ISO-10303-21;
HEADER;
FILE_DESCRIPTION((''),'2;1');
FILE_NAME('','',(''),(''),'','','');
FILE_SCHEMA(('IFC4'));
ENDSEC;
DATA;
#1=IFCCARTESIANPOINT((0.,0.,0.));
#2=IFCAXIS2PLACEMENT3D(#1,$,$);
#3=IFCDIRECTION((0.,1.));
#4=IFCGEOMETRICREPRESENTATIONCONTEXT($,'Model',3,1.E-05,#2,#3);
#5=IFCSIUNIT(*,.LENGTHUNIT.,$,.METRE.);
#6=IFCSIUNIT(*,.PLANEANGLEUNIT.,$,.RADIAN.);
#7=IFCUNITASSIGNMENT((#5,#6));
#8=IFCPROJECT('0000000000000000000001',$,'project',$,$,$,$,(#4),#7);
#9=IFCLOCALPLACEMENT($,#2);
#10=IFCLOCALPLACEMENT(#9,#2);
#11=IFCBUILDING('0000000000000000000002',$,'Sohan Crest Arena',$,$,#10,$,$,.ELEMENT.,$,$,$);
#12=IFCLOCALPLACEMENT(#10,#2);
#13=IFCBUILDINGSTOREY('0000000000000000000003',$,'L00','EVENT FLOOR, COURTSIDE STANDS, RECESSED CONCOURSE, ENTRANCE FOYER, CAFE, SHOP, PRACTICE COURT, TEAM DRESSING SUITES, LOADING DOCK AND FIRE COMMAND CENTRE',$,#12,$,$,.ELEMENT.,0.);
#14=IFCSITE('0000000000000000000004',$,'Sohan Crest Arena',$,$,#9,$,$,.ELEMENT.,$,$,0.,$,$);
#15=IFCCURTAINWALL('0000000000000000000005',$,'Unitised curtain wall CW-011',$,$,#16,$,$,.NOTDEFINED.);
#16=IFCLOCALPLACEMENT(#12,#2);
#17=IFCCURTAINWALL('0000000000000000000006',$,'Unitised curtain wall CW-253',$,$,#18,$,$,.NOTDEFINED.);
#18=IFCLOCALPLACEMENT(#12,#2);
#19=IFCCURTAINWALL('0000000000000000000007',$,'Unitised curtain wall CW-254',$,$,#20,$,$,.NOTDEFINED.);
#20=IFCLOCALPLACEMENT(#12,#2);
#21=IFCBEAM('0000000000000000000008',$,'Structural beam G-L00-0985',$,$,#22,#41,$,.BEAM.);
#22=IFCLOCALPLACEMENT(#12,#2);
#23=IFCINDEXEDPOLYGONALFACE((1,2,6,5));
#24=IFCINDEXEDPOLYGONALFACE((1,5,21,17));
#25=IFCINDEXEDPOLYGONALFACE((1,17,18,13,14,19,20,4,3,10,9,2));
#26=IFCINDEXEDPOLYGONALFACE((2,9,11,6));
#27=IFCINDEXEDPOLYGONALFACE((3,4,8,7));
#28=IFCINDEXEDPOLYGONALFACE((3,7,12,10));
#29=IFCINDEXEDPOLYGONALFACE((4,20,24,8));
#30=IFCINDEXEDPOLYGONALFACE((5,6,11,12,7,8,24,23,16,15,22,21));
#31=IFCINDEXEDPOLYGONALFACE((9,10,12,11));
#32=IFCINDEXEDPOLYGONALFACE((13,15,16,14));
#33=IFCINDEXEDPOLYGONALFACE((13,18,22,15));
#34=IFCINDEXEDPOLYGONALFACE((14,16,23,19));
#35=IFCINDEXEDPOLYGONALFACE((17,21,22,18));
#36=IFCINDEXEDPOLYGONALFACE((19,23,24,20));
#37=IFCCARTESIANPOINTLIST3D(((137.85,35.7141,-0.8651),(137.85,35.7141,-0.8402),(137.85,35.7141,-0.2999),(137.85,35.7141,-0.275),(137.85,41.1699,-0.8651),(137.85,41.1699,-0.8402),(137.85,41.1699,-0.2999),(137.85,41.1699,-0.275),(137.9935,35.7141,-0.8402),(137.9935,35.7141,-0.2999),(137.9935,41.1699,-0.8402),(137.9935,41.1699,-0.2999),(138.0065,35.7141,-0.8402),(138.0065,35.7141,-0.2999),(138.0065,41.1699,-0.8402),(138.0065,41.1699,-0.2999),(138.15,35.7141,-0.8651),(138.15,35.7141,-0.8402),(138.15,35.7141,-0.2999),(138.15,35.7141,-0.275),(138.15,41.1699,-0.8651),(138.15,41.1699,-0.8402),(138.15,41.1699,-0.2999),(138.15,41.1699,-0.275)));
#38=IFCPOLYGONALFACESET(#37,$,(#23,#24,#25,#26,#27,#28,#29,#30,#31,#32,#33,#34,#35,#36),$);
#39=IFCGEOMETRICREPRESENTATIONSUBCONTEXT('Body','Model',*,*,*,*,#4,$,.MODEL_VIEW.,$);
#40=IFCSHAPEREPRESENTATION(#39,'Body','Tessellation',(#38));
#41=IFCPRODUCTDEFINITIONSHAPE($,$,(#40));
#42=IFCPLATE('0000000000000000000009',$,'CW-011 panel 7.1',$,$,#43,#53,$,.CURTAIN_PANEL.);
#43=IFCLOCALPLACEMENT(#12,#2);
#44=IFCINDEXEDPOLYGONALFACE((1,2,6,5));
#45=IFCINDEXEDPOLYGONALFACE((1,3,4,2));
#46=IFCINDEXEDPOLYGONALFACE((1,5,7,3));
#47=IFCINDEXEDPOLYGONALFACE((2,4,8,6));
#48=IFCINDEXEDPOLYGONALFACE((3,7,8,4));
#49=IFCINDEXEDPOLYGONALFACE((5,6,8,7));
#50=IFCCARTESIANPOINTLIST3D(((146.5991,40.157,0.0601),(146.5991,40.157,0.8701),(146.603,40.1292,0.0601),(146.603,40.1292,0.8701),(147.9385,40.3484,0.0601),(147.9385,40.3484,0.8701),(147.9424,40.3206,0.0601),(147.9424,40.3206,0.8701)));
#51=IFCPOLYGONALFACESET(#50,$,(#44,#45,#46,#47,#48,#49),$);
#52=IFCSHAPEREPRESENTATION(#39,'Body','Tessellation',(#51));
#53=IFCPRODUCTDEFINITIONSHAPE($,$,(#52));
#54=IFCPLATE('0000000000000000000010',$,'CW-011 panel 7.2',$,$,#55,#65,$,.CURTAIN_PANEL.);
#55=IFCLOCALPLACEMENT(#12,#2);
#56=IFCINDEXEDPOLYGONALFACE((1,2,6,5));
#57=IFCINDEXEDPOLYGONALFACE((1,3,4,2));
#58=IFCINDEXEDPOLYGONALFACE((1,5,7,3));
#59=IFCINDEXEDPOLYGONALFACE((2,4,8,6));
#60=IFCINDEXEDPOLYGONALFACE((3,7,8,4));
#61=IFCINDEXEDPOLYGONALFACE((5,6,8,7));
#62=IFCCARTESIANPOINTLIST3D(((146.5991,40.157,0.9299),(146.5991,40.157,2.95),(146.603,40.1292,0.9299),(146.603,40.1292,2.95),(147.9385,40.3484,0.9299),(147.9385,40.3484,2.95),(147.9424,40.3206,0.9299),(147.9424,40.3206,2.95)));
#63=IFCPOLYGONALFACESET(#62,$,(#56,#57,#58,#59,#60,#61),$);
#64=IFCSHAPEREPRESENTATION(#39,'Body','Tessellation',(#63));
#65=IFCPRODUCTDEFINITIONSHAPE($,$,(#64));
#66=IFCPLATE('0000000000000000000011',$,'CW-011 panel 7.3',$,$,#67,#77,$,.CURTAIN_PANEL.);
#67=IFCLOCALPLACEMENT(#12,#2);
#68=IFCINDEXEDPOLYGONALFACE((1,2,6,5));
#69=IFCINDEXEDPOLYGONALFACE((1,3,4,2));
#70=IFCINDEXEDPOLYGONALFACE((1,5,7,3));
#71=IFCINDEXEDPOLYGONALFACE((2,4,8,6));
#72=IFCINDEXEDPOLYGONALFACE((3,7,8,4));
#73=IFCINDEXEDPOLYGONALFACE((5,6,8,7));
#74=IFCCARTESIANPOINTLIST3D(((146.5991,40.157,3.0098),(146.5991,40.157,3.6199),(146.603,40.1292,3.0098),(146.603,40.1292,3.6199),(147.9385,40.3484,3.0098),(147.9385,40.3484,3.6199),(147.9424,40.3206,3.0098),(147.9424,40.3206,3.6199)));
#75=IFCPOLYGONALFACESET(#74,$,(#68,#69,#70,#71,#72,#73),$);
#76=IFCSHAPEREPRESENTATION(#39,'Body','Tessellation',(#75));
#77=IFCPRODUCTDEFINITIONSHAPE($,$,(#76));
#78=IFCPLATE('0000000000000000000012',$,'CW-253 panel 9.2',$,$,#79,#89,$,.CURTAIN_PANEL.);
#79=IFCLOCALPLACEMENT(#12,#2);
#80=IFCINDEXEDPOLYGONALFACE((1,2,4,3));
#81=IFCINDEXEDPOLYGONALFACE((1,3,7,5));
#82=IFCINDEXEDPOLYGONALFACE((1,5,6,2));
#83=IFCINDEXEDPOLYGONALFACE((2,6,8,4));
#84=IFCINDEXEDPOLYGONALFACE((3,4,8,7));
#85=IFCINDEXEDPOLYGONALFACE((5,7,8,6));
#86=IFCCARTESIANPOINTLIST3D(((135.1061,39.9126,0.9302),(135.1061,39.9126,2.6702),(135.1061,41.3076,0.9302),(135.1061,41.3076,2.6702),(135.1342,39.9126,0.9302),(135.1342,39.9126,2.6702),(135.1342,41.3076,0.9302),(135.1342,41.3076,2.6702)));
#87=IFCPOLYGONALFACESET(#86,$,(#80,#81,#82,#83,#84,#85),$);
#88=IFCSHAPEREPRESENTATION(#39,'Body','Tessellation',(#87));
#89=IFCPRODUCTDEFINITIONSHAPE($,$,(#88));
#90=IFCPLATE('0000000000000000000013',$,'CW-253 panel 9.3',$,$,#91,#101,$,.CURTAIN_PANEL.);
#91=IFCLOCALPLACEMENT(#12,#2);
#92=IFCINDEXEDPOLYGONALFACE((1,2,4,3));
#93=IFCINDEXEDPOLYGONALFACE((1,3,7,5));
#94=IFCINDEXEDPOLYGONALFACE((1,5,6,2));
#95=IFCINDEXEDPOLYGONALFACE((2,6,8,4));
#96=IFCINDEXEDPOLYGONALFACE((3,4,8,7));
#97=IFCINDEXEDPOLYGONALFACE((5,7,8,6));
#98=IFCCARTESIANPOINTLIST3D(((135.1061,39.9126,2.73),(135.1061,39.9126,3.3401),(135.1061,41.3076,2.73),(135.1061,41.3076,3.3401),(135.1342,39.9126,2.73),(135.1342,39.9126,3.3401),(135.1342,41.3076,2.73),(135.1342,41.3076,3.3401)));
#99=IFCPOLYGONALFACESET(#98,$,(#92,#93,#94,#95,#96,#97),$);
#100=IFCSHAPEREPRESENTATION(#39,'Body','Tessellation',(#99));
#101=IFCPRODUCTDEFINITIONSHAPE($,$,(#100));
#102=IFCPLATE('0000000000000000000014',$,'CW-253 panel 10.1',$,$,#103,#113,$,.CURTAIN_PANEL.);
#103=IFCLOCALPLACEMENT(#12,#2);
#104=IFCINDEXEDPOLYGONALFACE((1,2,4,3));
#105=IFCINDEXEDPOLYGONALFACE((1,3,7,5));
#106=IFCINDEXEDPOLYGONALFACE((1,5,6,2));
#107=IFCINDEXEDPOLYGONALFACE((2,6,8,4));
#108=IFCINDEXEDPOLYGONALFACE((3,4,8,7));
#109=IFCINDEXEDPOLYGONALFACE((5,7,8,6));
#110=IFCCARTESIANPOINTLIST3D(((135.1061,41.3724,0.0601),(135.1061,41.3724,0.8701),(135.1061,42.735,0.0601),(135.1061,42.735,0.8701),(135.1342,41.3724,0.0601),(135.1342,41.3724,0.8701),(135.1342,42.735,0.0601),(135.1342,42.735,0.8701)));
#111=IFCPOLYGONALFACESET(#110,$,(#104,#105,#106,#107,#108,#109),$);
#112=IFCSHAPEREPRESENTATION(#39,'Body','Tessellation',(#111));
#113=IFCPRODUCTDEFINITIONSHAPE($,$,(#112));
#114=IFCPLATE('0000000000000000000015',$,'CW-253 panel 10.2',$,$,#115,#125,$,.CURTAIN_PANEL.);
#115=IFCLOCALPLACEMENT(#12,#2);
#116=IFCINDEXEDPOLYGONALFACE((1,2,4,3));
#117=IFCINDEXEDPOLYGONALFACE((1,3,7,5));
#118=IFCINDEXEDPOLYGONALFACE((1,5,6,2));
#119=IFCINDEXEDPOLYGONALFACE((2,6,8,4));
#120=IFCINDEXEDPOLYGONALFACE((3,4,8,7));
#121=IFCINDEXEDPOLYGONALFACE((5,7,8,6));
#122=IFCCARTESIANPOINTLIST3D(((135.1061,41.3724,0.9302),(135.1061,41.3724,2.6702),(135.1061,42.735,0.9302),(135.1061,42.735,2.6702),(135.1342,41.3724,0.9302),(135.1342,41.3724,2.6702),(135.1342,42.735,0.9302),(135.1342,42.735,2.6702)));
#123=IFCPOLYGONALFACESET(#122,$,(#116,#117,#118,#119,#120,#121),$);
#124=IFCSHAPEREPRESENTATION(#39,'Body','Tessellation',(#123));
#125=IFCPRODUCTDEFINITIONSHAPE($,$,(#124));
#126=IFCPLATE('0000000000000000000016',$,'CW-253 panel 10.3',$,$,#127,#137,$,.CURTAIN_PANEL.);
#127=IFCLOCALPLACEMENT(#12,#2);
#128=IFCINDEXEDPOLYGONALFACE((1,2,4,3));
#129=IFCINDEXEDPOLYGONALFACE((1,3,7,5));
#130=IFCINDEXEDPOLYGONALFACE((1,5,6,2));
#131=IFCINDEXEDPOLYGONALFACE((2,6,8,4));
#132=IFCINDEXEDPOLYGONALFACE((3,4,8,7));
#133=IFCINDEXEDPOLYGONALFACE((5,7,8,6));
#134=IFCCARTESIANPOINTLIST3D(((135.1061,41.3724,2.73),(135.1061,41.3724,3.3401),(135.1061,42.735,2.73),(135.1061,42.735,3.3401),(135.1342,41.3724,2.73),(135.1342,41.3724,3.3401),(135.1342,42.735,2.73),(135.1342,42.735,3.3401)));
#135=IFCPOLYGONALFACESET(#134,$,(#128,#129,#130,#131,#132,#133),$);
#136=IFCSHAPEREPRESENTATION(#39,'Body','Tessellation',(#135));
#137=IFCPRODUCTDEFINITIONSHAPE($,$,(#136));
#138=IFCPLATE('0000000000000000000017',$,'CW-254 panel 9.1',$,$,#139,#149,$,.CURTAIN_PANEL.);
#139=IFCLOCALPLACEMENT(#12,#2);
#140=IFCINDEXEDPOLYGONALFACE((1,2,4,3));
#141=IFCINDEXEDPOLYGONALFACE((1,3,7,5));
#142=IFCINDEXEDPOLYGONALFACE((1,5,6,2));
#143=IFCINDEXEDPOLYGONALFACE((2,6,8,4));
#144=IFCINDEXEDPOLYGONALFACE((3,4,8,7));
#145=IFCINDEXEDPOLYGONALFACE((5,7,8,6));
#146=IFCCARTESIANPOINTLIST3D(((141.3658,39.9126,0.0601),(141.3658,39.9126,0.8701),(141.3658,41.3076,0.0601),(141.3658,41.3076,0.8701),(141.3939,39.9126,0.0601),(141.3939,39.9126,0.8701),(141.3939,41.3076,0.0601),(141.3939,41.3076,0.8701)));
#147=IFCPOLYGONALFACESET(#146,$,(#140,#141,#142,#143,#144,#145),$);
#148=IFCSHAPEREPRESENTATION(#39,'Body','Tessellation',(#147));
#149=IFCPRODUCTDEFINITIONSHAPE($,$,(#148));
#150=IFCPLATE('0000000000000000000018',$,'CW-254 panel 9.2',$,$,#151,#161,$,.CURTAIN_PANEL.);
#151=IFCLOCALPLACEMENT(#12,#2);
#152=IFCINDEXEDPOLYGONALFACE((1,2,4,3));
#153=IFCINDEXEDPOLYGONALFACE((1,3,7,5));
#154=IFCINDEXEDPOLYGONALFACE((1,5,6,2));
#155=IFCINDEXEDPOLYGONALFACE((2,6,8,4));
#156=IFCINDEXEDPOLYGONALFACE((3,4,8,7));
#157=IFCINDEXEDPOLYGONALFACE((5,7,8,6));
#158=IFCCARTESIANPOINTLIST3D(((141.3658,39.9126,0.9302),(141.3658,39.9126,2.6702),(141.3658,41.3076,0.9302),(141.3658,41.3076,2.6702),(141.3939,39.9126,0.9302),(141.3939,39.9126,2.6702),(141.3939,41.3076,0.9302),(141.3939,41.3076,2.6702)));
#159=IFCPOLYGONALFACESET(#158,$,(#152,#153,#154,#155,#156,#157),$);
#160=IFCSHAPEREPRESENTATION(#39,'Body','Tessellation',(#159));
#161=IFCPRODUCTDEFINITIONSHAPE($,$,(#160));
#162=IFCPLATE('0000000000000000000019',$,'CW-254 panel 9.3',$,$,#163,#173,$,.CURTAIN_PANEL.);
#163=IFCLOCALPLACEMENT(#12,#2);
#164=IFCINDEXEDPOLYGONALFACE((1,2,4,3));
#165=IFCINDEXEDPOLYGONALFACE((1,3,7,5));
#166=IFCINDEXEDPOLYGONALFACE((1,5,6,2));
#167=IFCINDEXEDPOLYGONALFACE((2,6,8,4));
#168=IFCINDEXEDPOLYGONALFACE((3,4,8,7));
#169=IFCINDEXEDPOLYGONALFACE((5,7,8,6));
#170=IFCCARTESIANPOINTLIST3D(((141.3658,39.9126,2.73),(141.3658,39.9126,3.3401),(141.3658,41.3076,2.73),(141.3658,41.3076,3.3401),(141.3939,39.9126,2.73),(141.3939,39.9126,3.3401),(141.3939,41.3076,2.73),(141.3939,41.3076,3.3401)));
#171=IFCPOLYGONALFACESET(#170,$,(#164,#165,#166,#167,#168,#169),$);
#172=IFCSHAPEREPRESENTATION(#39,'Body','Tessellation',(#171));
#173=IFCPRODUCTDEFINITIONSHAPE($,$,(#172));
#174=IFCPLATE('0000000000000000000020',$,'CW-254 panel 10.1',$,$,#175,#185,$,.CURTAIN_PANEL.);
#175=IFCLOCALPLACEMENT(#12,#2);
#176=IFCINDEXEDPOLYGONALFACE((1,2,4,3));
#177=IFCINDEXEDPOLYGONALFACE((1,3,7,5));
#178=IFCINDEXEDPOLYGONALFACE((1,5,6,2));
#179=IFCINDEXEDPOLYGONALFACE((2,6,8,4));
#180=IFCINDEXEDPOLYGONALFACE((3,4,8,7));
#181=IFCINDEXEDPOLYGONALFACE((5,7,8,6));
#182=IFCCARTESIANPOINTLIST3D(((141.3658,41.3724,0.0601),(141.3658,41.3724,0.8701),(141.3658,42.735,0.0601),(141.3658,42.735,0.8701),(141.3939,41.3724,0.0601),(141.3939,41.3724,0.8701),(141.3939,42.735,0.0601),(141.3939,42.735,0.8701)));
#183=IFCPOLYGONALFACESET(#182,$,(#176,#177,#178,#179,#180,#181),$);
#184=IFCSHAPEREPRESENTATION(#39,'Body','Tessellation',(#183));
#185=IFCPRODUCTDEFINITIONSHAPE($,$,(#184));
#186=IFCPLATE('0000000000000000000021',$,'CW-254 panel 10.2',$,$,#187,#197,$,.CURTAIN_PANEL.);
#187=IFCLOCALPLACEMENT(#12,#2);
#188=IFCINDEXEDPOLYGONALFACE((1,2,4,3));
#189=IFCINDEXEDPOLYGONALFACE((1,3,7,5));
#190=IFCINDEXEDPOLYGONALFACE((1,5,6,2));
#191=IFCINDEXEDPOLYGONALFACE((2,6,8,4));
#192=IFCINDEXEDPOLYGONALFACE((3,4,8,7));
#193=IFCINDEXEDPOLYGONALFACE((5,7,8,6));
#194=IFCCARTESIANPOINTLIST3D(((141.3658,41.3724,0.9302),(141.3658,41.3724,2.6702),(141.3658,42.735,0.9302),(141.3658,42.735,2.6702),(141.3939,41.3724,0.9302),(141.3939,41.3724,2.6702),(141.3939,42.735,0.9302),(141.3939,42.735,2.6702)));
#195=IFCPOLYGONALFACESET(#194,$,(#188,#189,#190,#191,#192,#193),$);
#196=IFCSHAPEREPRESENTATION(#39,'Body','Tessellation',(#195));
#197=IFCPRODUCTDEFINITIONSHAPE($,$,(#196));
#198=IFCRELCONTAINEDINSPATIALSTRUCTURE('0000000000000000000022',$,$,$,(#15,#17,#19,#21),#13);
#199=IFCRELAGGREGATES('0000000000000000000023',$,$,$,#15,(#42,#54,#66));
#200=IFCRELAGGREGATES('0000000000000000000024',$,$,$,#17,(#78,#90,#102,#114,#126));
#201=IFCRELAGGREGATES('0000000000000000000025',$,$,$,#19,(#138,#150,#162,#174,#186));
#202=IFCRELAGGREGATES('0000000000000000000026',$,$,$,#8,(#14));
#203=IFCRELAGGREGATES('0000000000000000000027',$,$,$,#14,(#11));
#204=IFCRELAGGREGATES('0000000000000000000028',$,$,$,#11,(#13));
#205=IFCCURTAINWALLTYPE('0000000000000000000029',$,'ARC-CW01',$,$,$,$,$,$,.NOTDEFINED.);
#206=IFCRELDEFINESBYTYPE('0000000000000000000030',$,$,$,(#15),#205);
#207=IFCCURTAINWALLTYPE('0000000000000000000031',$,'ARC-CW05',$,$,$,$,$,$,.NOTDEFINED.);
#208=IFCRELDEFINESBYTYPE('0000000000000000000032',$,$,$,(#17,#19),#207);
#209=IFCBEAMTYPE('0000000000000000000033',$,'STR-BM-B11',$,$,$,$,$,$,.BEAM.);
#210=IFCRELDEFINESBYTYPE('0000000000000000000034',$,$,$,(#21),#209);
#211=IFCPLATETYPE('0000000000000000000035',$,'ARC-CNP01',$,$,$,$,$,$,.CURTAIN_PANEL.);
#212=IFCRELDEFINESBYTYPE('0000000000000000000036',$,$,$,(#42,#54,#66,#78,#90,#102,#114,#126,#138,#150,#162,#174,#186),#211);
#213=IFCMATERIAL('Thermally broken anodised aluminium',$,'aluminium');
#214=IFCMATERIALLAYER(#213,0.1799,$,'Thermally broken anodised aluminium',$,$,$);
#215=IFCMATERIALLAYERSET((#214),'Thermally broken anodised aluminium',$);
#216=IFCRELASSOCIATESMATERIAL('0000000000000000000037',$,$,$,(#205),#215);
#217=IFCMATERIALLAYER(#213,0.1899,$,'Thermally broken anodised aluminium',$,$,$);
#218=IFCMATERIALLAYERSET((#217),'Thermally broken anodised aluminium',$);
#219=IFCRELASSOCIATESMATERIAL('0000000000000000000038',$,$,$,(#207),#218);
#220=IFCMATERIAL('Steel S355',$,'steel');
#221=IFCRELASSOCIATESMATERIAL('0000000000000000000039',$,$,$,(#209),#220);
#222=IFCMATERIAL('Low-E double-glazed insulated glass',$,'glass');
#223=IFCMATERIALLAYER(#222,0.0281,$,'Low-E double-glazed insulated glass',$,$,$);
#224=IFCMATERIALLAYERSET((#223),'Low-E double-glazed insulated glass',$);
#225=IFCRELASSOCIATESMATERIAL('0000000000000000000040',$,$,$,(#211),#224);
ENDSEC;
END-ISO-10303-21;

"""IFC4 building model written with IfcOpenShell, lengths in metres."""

from ifc_helpers import new_model, si_unit, direction, frame, origin, origin_2d, place, context, subcontext, project, spatial, rectangle, i_section, extrude, material, layer, layer_set, material_profile, profile_set, type_object, element, aggregate, save


model = new_model("IFC4")

# Units and contexts
model_context = context("Model", 3, precision=1e-05, world=origin(), true_north=direction((0.0, 1.0)))
body_context = subcontext(model_context, "Body", "Model", "MODEL_VIEW")
ifc_project = project(units=[si_unit("LENGTHUNIT", "METRE"), si_unit("PLANEANGLEUNIT", "RADIAN")], contexts=[model_context])

# Site, building, storey
site_placement = place(None, origin())
site = spatial("IfcSite", under=ifc_project, at=site_placement, Name="Sohan Crest Arena", CompositionType="ELEMENT", RefElevation=0.0)
building_placement = place(site_placement, origin())
building = spatial("IfcBuilding", under=site, at=building_placement, Name="Sohan Crest Arena", CompositionType="ELEMENT")
storey_placement = place(building_placement, origin())
storey = spatial("IfcBuildingStorey", under=building, at=storey_placement, Name="L00", Description="EVENT FLOOR, COURTSIDE STANDS, RECESSED CONCOURSE, ENTRANCE FOYER, CAFE, SHOP, PRACTICE COURT, TEAM DRESSING SUITES, LOADING DOCK AND FIRE COMMAND CENTRE", CompositionType="ELEMENT", Elevation=0.0)

# Curtain wall
ifc_material_1 = material(Name="Thermally broken anodised aluminium", Category="aluminium")
ifc_layer_1 = layer(ifc_material_1, 0.1799, Name="Thermally broken anodised aluminium")
ifc_layer_set_1 = layer_set([ifc_layer_1], Name="Thermally broken anodised aluminium")
curtain_wall_type_1 = type_object("IfcCurtainWallType", Name="ARC-CW01", PredefinedType="NOTDEFINED", material=ifc_layer_set_1)
curtain_wall_1_placement = place(storey_placement, origin())
curtain_wall_1 = element("IfcCurtainWall", 1, at=curtain_wall_1_placement, inside=storey, type_object=curtain_wall_type_1, Name="Unitised curtain wall CW-011", PredefinedType="NOTDEFINED")

# Curtain walls
ifc_layer_2 = layer(ifc_material_1, 0.1899, Name="Thermally broken anodised aluminium")
ifc_layer_set_2 = layer_set([ifc_layer_2], Name="Thermally broken anodised aluminium")
curtain_wall_type_2 = type_object("IfcCurtainWallType", Name="ARC-CW05", PredefinedType="NOTDEFINED", material=ifc_layer_set_2)
curtain_wall_2_placement = place(storey_placement, origin())
curtain_wall_2 = element("IfcCurtainWall", 2, at=curtain_wall_2_placement, inside=storey, type_object=curtain_wall_type_2, Name="Unitised curtain wall CW-253", PredefinedType="NOTDEFINED")
curtain_wall_3_placement = place(storey_placement, origin())
curtain_wall_3 = element("IfcCurtainWall", 3, at=curtain_wall_3_placement, inside=storey, type_object=curtain_wall_type_2, Name="Unitised curtain wall CW-254", PredefinedType="NOTDEFINED")

# Beam
ifc_material_2 = material(Name="Steel S355", Category="steel")
ifc_material_profile_1 = material_profile(ifc_material_2, i_section(OverallWidth=0.3, OverallDepth=0.5901, WebThickness=0.0129, FlangeThickness=0.0249, at=origin_2d()), Name="HEA 600")
ifc_profile_set_1 = profile_set([ifc_material_profile_1], Name="Steel S355")
beam_type = type_object("IfcBeamType", Name="STR-BM-B11", PredefinedType="BEAM", material=ifc_profile_set_1)
beam_placement = place(storey_placement, frame((138.0, 41.1699, -0.5701), z_axis=(0.0, -1.0, 0.0), x_axis=(1.0, 0.0, 0.0)))
element("IfcBeam", 4, at=beam_placement, inside=storey, type_object=beam_type, Name="Structural beam G-L00-0985", PredefinedType="BEAM", context=body_context, shape_type="SweptSolid", body=[
    extrude(i_section(OverallWidth=0.3, OverallDepth=0.5901, WebThickness=0.0129, FlangeThickness=0.0249, at=origin_2d()), origin(), (0.0, 0.0, 1.0), 5.4558),
])

# Plates
ifc_material_3 = material(Name="Low-E double-glazed insulated glass", Category="glass")
ifc_layer_3 = layer(ifc_material_3, 0.0281, Name="Low-E double-glazed insulated glass")
ifc_layer_set_3 = layer_set([ifc_layer_3], Name="Low-E double-glazed insulated glass")
plate_type = type_object("IfcPlateType", Name="ARC-CNP01", PredefinedType="CURTAIN_PANEL", material=ifc_layer_set_3)
plate_1_placement = place(storey_placement, frame((147.2708, 40.2388, 0.0601), z_axis=(0.0, 0.0, 1.0), x_axis=(0.989944, 0.141463, 0.0)))
plate_1 = element("IfcPlate", 5, at=plate_1_placement, type_object=plate_type, Name="CW-011 panel 7.1", PredefinedType="CURTAIN_PANEL", context=body_context, shape_type="SweptSolid", body=[
    extrude(rectangle(XDim=1.353, YDim=0.0281, at=origin_2d()), origin(), (0.0, 0.0, 1.0), 0.8101),
])
plate_2_placement = place(storey_placement, frame((147.2708, 40.2388, 0.9299), z_axis=(0.0, 0.0, 1.0), x_axis=(0.989944, 0.141463, 0.0)))
plate_2 = element("IfcPlate", 6, at=plate_2_placement, type_object=plate_type, Name="CW-011 panel 7.2", PredefinedType="CURTAIN_PANEL", context=body_context, shape_type="SweptSolid", body=[
    extrude(rectangle(XDim=1.353, YDim=0.0281, at=origin_2d()), origin(), (0.0, 0.0, 1.0), 2.02),
])
plate_3_placement = place(storey_placement, frame((147.2708, 40.2388, 3.0098), z_axis=(0.0, 0.0, 1.0), x_axis=(0.989944, 0.141463, 0.0)))
plate_3 = element("IfcPlate", 7, at=plate_3_placement, type_object=plate_type, Name="CW-011 panel 7.3", PredefinedType="CURTAIN_PANEL", context=body_context, shape_type="SweptSolid", body=[
    extrude(rectangle(XDim=1.353, YDim=0.0281, at=origin_2d()), origin(), (0.0, 0.0, 1.0), 0.6101),
])
aggregate(curtain_wall_1, [plate_1, plate_2, plate_3])
plate_4_placement = place(storey_placement, frame((135.1201, 40.6101, 0.9302), z_axis=(0.0, 0.0, 1.0), x_axis=(0.0, 1.0, 0.0)))
plate_4 = element("IfcPlate", 8, at=plate_4_placement, type_object=plate_type, Name="CW-253 panel 9.2", PredefinedType="CURTAIN_PANEL", context=body_context, shape_type="SweptSolid", body=[
    extrude(rectangle(XDim=1.395, YDim=0.0281, at=origin_2d()), origin(), (0.0, 0.0, 1.0), 1.74),
])
plate_5_placement = place(storey_placement, frame((135.1201, 40.6101, 2.73), z_axis=(0.0, 0.0, 1.0), x_axis=(0.0, 1.0, 0.0)))
plate_5 = element("IfcPlate", 9, at=plate_5_placement, type_object=plate_type, Name="CW-253 panel 9.3", PredefinedType="CURTAIN_PANEL", context=body_context, shape_type="SweptSolid", body=[
    extrude(rectangle(XDim=1.395, YDim=0.0281, at=origin_2d()), origin(), (0.0, 0.0, 1.0), 0.6101),
])
plate_6_placement = place(storey_placement, frame((135.1201, 42.0537, 0.0601), z_axis=(0.0, 0.0, 1.0), x_axis=(0.0, 1.0, 0.0)))
plate_6 = element("IfcPlate", 10, at=plate_6_placement, type_object=plate_type, Name="CW-253 panel 10.1", PredefinedType="CURTAIN_PANEL", context=body_context, shape_type="SweptSolid", body=[
    extrude(rectangle(XDim=1.3625, YDim=0.0281, at=origin_2d()), origin(), (0.0, 0.0, 1.0), 0.8101),
])
plate_7_placement = place(storey_placement, frame((135.1201, 42.0537, 0.9302), z_axis=(0.0, 0.0, 1.0), x_axis=(0.0, 1.0, 0.0)))
plate_7 = element("IfcPlate", 11, at=plate_7_placement, type_object=plate_type, Name="CW-253 panel 10.2", PredefinedType="CURTAIN_PANEL", context=body_context, shape_type="SweptSolid", body=[
    extrude(rectangle(XDim=1.3625, YDim=0.0281, at=origin_2d()), origin(), (0.0, 0.0, 1.0), 1.74),
])
plate_8_placement = place(storey_placement, frame((135.1201, 42.0537, 2.73), z_axis=(0.0, 0.0, 1.0), x_axis=(0.0, 1.0, 0.0)))
plate_8 = element("IfcPlate", 12, at=plate_8_placement, type_object=plate_type, Name="CW-253 panel 10.3", PredefinedType="CURTAIN_PANEL", context=body_context, shape_type="SweptSolid", body=[
    extrude(rectangle(XDim=1.3625, YDim=0.0281, at=origin_2d()), origin(), (0.0, 0.0, 1.0), 0.6101),
])
aggregate(curtain_wall_2, [plate_4, plate_5, plate_6, plate_7, plate_8])
plate_9_placement = place(storey_placement, frame((141.3799, 40.6101, 0.0601), z_axis=(0.0, 0.0, 1.0), x_axis=(0.0, 1.0, 0.0)))
plate_9 = element("IfcPlate", 13, at=plate_9_placement, type_object=plate_type, Name="CW-254 panel 9.1", PredefinedType="CURTAIN_PANEL", context=body_context, shape_type="SweptSolid", body=[
    extrude(rectangle(XDim=1.395, YDim=0.0281, at=origin_2d()), origin(), (0.0, 0.0, 1.0), 0.8101),
])
plate_10_placement = place(storey_placement, frame((141.3799, 40.6101, 0.9302), z_axis=(0.0, 0.0, 1.0), x_axis=(0.0, 1.0, 0.0)))
plate_10 = element("IfcPlate", 14, at=plate_10_placement, type_object=plate_type, Name="CW-254 panel 9.2", PredefinedType="CURTAIN_PANEL", context=body_context, shape_type="SweptSolid", body=[
    extrude(rectangle(XDim=1.395, YDim=0.0281, at=origin_2d()), origin(), (0.0, 0.0, 1.0), 1.74),
])
plate_11_placement = place(storey_placement, frame((141.3799, 40.6101, 2.73), z_axis=(0.0, 0.0, 1.0), x_axis=(0.0, 1.0, 0.0)))
plate_11 = element("IfcPlate", 15, at=plate_11_placement, type_object=plate_type, Name="CW-254 panel 9.3", PredefinedType="CURTAIN_PANEL", context=body_context, shape_type="SweptSolid", body=[
    extrude(rectangle(XDim=1.395, YDim=0.0281, at=origin_2d()), origin(), (0.0, 0.0, 1.0), 0.6101),
])
plate_12_placement = place(storey_placement, frame((141.3799, 42.0537, 0.0601), z_axis=(0.0, 0.0, 1.0), x_axis=(0.0, 1.0, 0.0)))
plate_12 = element("IfcPlate", 16, at=plate_12_placement, type_object=plate_type, Name="CW-254 panel 10.1", PredefinedType="CURTAIN_PANEL", context=body_context, shape_type="SweptSolid", body=[
    extrude(rectangle(XDim=1.3625, YDim=0.0281, at=origin_2d()), origin(), (0.0, 0.0, 1.0), 0.8101),
])
plate_13_placement = place(storey_placement, frame((141.3799, 42.0537, 0.9302), z_axis=(0.0, 0.0, 1.0), x_axis=(0.0, 1.0, 0.0)))
plate_13 = element("IfcPlate", 17, at=plate_13_placement, type_object=plate_type, Name="CW-254 panel 10.2", PredefinedType="CURTAIN_PANEL", context=body_context, shape_type="SweptSolid", body=[
    extrude(rectangle(XDim=1.3625, YDim=0.0281, at=origin_2d()), origin(), (0.0, 0.0, 1.0), 1.74),
])
aggregate(curtain_wall_3, [plate_9, plate_10, plate_11, plate_12, plate_13])

save(model, "model.ifc")
